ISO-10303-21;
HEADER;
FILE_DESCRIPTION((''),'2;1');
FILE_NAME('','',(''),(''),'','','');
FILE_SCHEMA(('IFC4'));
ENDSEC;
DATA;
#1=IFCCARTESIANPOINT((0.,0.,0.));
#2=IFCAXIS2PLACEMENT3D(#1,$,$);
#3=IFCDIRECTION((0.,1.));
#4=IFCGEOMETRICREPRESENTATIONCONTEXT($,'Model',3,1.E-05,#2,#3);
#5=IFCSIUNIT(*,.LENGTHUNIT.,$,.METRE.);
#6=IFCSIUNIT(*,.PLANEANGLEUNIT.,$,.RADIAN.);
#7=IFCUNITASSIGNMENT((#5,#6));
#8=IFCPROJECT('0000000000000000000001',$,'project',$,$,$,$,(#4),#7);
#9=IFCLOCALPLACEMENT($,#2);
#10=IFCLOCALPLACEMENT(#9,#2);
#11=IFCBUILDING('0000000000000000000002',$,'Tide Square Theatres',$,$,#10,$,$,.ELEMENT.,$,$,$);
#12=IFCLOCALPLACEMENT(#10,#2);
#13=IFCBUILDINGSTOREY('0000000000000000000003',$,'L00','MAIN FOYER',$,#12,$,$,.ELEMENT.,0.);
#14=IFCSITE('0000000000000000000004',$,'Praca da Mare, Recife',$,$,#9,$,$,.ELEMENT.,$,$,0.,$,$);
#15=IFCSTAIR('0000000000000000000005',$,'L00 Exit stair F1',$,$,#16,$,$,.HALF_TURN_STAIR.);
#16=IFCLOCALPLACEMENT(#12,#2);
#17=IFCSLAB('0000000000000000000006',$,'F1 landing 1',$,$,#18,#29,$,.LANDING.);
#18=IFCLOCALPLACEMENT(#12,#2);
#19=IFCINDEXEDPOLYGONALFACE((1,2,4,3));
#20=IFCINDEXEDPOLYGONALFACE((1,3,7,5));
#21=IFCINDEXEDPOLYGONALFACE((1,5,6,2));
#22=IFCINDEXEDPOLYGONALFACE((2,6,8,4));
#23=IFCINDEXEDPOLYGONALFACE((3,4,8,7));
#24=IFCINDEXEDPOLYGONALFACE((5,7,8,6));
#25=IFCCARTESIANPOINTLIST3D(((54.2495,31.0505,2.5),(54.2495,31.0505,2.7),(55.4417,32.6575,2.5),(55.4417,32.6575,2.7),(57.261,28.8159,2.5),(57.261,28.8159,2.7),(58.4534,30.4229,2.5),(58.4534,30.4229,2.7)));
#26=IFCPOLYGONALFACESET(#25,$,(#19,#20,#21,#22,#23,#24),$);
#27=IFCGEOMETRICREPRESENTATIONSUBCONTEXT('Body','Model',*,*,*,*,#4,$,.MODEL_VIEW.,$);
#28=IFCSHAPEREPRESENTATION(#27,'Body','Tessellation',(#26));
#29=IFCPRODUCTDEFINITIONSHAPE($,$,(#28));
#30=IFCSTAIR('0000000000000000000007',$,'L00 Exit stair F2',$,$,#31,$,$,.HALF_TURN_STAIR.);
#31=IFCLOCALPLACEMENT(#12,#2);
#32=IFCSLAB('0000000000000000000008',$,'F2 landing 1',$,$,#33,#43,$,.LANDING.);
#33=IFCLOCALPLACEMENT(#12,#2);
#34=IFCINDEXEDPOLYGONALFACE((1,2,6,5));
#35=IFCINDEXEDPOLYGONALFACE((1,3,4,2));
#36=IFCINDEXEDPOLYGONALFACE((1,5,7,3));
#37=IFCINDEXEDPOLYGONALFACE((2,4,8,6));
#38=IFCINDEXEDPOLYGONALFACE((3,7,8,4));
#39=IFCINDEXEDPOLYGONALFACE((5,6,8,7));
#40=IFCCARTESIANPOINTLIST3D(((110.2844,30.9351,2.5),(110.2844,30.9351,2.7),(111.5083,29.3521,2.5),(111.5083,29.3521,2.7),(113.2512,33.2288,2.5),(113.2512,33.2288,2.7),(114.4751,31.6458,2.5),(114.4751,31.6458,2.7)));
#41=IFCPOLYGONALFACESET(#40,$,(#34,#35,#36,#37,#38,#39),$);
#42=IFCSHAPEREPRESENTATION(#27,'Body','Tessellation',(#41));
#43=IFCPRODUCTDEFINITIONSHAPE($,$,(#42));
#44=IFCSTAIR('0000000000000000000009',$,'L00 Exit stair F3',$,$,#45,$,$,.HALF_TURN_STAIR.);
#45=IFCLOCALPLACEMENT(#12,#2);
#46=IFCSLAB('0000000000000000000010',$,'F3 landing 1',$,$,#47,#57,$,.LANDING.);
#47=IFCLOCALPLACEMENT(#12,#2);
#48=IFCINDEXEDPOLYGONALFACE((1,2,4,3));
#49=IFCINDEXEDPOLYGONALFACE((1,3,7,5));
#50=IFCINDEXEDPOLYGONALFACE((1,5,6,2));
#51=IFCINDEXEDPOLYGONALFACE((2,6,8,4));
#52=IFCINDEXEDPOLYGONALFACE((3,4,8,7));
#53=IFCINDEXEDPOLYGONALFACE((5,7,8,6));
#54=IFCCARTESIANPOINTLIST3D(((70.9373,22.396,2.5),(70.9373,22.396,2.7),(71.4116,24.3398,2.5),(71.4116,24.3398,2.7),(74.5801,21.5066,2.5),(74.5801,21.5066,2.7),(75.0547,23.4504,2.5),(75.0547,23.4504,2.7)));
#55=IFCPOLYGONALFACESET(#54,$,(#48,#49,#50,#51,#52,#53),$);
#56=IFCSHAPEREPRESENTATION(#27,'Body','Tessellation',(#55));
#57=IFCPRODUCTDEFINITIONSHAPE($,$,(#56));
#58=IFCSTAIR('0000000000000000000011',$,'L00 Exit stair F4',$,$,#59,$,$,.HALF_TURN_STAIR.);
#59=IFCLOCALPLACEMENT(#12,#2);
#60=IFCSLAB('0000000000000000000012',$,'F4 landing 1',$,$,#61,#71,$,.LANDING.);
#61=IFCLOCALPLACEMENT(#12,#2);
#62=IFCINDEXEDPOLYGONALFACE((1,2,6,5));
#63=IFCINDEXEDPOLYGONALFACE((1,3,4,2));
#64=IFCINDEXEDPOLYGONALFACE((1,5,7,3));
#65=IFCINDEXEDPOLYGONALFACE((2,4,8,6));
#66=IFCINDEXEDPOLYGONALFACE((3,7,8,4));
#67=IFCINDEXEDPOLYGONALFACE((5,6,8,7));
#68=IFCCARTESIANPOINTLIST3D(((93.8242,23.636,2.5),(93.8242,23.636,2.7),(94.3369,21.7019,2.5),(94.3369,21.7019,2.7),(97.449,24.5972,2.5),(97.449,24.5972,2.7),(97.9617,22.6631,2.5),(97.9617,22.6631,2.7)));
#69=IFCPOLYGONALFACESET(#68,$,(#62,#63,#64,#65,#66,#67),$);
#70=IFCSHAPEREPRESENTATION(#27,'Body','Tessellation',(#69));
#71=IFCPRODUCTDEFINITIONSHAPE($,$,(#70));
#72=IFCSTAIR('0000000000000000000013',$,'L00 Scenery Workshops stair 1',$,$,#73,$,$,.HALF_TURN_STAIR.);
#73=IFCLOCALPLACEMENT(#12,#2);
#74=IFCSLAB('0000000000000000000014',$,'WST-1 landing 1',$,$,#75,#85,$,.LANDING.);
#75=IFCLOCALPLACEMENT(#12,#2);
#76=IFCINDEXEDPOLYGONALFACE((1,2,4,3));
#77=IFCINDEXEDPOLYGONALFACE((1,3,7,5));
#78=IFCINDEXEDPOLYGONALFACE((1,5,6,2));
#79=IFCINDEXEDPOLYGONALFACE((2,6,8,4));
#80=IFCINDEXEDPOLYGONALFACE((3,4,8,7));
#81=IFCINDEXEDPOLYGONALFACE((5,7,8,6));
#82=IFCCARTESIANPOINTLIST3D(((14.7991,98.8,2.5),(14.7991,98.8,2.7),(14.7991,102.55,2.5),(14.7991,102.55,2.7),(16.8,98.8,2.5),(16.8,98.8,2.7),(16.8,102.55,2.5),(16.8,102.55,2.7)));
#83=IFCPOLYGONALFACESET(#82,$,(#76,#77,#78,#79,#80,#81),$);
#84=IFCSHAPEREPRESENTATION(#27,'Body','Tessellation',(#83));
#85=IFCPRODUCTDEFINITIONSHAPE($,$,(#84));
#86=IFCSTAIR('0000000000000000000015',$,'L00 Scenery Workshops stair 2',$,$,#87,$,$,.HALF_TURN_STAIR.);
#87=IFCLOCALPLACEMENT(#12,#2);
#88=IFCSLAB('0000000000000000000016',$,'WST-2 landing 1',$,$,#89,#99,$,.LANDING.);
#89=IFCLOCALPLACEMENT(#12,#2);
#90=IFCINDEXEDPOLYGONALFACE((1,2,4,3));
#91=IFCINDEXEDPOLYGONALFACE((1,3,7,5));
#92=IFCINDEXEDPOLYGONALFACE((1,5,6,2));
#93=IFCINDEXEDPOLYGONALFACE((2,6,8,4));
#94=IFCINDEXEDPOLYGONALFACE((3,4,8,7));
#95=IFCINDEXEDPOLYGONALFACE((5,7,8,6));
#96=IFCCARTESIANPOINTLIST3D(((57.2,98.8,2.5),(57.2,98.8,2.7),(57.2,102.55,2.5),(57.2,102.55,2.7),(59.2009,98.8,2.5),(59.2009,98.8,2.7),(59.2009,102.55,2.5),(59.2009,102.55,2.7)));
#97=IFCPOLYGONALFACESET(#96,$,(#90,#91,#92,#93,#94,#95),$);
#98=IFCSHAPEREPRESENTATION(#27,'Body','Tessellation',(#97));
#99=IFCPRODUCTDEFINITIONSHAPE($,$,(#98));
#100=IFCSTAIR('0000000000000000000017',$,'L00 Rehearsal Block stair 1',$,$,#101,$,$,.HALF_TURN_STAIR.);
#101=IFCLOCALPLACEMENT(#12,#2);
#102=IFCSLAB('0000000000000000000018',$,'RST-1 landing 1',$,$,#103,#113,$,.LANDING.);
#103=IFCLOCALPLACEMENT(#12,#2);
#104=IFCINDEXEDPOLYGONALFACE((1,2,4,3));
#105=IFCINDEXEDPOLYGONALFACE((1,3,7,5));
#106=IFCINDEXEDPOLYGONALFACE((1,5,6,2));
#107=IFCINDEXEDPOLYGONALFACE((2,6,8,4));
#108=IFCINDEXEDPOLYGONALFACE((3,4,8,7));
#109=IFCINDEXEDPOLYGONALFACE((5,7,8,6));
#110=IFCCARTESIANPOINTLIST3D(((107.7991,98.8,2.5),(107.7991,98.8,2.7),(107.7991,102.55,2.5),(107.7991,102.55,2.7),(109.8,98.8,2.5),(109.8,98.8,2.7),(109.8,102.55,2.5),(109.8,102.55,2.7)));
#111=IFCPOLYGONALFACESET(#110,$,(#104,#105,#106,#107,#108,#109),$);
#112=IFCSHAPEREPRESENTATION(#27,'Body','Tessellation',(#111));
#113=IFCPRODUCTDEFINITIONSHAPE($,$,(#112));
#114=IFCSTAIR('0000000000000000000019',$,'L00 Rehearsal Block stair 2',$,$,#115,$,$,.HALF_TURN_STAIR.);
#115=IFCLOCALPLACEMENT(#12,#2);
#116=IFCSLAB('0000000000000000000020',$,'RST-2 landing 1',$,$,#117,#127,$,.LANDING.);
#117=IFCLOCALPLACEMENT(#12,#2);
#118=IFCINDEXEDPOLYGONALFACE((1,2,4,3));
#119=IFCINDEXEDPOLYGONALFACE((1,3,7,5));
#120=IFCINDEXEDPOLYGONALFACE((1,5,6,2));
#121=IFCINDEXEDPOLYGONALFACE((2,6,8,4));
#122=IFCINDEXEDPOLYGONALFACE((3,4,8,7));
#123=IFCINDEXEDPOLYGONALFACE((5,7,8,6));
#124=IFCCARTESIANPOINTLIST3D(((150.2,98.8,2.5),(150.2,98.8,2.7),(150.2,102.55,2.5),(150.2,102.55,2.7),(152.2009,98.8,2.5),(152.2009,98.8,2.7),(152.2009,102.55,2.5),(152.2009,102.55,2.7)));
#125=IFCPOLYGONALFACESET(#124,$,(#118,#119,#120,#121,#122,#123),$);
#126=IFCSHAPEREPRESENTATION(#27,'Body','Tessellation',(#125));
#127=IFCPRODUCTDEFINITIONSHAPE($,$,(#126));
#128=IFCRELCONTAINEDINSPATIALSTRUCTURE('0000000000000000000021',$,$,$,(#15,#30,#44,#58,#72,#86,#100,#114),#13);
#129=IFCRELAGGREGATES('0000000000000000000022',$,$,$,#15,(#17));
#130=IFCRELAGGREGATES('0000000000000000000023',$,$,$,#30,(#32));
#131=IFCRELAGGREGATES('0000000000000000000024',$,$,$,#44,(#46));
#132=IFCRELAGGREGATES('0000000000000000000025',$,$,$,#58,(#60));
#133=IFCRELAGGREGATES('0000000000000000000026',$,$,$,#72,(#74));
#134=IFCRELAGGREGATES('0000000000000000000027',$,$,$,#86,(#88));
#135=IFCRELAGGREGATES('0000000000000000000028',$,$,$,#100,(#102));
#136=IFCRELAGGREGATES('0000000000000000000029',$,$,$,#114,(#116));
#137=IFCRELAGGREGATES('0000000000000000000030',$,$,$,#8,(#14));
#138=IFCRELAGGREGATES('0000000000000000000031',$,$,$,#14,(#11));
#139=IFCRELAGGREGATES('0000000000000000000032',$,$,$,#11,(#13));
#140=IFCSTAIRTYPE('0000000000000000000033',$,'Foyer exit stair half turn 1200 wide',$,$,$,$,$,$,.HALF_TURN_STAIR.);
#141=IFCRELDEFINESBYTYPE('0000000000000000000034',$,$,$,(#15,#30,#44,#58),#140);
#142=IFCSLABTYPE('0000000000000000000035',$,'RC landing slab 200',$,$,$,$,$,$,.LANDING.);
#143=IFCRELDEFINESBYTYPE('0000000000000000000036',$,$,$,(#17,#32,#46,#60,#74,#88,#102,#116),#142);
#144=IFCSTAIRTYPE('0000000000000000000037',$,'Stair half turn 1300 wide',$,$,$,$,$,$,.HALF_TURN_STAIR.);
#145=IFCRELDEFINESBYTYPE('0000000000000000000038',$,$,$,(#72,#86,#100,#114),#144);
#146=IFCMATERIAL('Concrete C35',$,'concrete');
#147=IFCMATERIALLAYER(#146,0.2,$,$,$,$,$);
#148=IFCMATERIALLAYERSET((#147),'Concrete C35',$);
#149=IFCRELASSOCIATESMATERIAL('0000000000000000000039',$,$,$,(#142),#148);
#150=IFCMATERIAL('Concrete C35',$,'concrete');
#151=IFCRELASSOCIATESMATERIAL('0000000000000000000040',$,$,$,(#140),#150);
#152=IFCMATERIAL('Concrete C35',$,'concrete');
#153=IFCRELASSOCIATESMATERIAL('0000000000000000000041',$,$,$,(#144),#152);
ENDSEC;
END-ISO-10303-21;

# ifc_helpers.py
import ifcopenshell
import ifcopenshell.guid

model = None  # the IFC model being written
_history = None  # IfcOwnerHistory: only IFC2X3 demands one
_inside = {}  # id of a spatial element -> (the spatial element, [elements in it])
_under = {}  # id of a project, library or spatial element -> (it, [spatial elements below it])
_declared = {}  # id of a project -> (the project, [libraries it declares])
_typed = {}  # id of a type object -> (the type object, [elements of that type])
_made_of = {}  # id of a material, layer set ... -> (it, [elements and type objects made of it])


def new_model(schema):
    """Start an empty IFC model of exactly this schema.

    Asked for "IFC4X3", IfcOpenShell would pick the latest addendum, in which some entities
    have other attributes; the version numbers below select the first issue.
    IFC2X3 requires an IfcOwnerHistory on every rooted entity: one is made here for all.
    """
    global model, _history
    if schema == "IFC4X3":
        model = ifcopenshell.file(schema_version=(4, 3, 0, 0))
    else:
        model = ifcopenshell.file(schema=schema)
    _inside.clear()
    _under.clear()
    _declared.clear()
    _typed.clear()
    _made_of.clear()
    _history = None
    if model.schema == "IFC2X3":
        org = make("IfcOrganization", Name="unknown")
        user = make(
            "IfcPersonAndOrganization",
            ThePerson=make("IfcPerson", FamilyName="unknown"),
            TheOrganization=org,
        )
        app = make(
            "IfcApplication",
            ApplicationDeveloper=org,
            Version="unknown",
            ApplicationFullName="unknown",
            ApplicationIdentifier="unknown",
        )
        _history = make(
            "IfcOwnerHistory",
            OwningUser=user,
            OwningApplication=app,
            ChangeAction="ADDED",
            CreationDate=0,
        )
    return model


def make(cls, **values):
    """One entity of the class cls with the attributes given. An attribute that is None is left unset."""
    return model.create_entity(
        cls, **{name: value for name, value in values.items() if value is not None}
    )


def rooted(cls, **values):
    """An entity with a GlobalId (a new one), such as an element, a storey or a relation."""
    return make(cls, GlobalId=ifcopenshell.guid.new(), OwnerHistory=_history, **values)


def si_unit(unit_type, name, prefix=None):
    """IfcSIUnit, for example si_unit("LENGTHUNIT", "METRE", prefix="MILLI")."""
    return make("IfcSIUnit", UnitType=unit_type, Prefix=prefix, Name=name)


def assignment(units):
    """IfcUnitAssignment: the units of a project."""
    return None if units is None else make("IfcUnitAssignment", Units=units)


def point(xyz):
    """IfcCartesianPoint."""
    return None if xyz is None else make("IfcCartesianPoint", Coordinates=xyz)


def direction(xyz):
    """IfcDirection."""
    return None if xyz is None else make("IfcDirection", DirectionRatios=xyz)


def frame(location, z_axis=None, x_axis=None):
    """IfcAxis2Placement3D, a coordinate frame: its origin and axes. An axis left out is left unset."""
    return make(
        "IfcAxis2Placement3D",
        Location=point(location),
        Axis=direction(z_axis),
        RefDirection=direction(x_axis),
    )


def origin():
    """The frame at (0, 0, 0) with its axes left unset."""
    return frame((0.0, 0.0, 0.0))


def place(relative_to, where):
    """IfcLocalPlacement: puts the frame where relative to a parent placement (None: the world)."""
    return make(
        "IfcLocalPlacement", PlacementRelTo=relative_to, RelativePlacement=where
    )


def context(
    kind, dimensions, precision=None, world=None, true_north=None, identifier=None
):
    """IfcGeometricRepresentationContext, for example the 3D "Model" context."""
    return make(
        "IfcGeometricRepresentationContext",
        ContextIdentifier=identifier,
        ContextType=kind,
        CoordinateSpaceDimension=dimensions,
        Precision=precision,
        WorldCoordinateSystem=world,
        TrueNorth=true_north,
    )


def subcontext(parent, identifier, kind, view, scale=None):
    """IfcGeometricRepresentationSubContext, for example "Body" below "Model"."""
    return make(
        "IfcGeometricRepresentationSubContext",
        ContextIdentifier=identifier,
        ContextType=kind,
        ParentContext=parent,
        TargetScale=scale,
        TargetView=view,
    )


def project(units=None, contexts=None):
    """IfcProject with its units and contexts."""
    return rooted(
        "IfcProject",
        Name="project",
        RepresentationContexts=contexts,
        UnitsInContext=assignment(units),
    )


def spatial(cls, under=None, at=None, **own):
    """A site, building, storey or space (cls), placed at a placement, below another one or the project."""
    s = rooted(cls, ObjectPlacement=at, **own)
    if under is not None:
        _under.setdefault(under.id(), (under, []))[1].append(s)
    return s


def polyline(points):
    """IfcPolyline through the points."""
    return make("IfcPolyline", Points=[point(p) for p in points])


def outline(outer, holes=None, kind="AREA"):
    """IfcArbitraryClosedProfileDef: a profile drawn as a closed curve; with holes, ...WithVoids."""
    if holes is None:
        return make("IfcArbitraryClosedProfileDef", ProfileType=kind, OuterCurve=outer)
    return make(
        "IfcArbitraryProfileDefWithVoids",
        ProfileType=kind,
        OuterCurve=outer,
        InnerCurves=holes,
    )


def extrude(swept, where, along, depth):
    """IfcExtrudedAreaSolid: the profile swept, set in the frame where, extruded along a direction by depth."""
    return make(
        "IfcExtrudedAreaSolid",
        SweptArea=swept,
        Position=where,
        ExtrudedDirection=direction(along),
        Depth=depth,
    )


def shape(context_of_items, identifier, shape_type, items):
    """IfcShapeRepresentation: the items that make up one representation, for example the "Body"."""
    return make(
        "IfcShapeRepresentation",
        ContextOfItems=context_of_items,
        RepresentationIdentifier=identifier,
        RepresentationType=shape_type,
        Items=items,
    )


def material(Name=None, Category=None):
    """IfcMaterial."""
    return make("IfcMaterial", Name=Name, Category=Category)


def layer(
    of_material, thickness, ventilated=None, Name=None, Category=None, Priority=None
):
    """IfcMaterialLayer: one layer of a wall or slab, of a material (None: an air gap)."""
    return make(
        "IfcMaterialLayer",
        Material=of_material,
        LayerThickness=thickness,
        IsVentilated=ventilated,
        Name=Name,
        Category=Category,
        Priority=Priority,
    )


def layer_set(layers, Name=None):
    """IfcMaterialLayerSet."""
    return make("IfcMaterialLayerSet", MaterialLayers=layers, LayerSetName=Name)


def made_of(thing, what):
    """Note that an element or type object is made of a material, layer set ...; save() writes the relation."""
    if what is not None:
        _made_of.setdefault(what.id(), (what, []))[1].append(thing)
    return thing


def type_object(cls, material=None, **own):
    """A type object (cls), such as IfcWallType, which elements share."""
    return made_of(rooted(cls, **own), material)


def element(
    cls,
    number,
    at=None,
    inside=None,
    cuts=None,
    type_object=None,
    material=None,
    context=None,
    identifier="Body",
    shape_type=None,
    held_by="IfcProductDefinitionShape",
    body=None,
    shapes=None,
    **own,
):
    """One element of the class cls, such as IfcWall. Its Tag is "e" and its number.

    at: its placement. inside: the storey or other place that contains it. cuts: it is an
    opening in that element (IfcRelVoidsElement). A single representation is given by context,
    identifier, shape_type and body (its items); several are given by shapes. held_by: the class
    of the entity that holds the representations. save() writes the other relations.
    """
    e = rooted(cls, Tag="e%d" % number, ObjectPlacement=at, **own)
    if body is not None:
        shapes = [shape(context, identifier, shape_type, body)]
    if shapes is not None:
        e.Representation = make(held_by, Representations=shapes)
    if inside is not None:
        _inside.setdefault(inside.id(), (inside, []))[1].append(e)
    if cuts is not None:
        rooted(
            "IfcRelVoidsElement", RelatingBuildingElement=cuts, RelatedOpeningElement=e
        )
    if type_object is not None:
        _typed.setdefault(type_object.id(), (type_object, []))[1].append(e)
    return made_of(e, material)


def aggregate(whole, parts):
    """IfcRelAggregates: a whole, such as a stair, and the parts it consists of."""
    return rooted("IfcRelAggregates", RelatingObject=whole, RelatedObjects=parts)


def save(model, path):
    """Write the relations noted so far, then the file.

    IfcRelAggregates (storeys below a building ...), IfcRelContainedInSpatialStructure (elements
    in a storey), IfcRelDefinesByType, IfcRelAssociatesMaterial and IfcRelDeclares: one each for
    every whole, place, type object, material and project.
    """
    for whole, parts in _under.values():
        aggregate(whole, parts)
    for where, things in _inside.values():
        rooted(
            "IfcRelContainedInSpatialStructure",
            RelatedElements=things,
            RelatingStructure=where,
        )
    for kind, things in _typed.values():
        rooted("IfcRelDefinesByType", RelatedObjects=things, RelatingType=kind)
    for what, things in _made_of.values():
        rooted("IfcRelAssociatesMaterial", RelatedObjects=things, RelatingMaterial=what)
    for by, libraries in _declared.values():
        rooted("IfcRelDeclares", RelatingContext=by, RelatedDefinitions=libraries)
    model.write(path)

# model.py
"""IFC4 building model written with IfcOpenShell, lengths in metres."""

from ifc_helpers import new_model, si_unit, direction, frame, origin, place, context, subcontext, project, spatial, polyline, outline, extrude, material, layer, layer_set, type_object, element, aggregate, save


model = new_model("IFC4")

# Units and contexts
model_context = context("Model", 3, precision=1e-05, world=origin(), true_north=direction((0.0, 1.0)))
body_context = subcontext(model_context, "Body", "Model", "MODEL_VIEW")
ifc_project = project(units=[si_unit("LENGTHUNIT", "METRE"), si_unit("PLANEANGLEUNIT", "RADIAN")], contexts=[model_context])

# Site, building, storey
site_placement = place(None, origin())
site = spatial("IfcSite", under=ifc_project, at=site_placement, Name="Praca da Mare, Recife", CompositionType="ELEMENT", RefElevation=0.0)
building_placement = place(site_placement, origin())
building = spatial("IfcBuilding", under=site, at=building_placement, Name="Tide Square Theatres", CompositionType="ELEMENT")
storey_placement = place(building_placement, origin())
storey = spatial("IfcBuildingStorey", under=building, at=storey_placement, Name="L00", Description="MAIN FOYER", CompositionType="ELEMENT", Elevation=0.0)

# Stairs, slabs
ifc_material_1 = material(Name="Concrete C35", Category="concrete")
ifc_layer_1 = layer(ifc_material_1, 0.2)
ifc_layer_set_1 = layer_set([ifc_layer_1], Name="Concrete C35")
slab_type_1 = type_object("IfcSlabType", Name="RC landing slab 200", PredefinedType="LANDING", material=ifc_layer_set_1)
ifc_material_2 = material(Name="Concrete C35", Category="concrete")
stair_type_1 = type_object("IfcStairType", Name="Foyer exit stair half turn 1200 wide", PredefinedType="HALF_TURN_STAIR", material=ifc_material_2)
stair_1_placement = place(storey_placement, origin())
stair_1 = element("IfcStair", 1, at=stair_1_placement, inside=storey, type_object=stair_type_1, Name="L00 Exit stair F1", PredefinedType="HALF_TURN_STAIR")
slab_1_placement = place(storey_placement, frame((0.0, 0.0, 2.5)))
slab_1 = element("IfcSlab", 2, at=slab_1_placement, type_object=slab_type_1, Name="F1 landing 1", PredefinedType="LANDING", context=body_context, shape_type="SweptSolid", body=[
    extrude(outline(polyline([(57.261, 28.8159), (58.4534, 30.4229), (55.4417, 32.6575), (54.2495, 31.0505), (57.261, 28.8159)])), origin(), (0.0, 0.0, 1.0), 0.2),
])
aggregate(stair_1, [slab_1])
stair_2_placement = place(storey_placement, origin())
stair_2 = element("IfcStair", 3, at=stair_2_placement, inside=storey, type_object=stair_type_1, Name="L00 Exit stair F2", PredefinedType="HALF_TURN_STAIR")
slab_2_placement = place(storey_placement, frame((0.0, 0.0, 2.5)))
slab_2 = element("IfcSlab", 4, at=slab_2_placement, type_object=slab_type_1, Name="F2 landing 1", PredefinedType="LANDING", context=body_context, shape_type="SweptSolid", body=[
    extrude(outline(polyline([(114.4751, 31.6458), (113.2512, 33.2288), (110.2844, 30.9351), (111.5083, 29.3521), (114.4751, 31.6458)])), origin(), (0.0, 0.0, 1.0), 0.2),
])
aggregate(stair_2, [slab_2])
stair_3_placement = place(storey_placement, origin())
stair_3 = element("IfcStair", 5, at=stair_3_placement, inside=storey, type_object=stair_type_1, Name="L00 Exit stair F3", PredefinedType="HALF_TURN_STAIR")
slab_3_placement = place(storey_placement, frame((0.0, 0.0, 2.5)))
slab_3 = element("IfcSlab", 6, at=slab_3_placement, type_object=slab_type_1, Name="F3 landing 1", PredefinedType="LANDING", context=body_context, shape_type="SweptSolid", body=[
    extrude(outline(polyline([(74.5801, 21.5066), (75.0547, 23.4504), (71.4116, 24.3398), (70.9373, 22.396), (74.5801, 21.5066)])), origin(), (0.0, 0.0, 1.0), 0.2),
])
aggregate(stair_3, [slab_3])
stair_4_placement = place(storey_placement, origin())
stair_4 = element("IfcStair", 7, at=stair_4_placement, inside=storey, type_object=stair_type_1, Name="L00 Exit stair F4", PredefinedType="HALF_TURN_STAIR")
slab_4_placement = place(storey_placement, frame((0.0, 0.0, 2.5)))
slab_4 = element("IfcSlab", 8, at=slab_4_placement, type_object=slab_type_1, Name="F4 landing 1", PredefinedType="LANDING", context=body_context, shape_type="SweptSolid", body=[
    extrude(outline(polyline([(97.9617, 22.6631), (97.449, 24.5972), (93.8242, 23.636), (94.3369, 21.7019), (97.9617, 22.6631)])), origin(), (0.0, 0.0, 1.0), 0.2),
])
aggregate(stair_4, [slab_4])
ifc_material_3 = material(Name="Concrete C35", Category="concrete")
stair_type_2 = type_object("IfcStairType", Name="Stair half turn 1300 wide", PredefinedType="HALF_TURN_STAIR", material=ifc_material_3)
stair_5_placement = place(storey_placement, origin())
stair_5 = element("IfcStair", 9, at=stair_5_placement, inside=storey, type_object=stair_type_2, Name="L00 Scenery Workshops stair 1", PredefinedType="HALF_TURN_STAIR")
slab_5_placement = place(storey_placement, frame((0.0, 0.0, 2.5)))
slab_5 = element("IfcSlab", 10, at=slab_5_placement, type_object=slab_type_1, Name="WST-1 landing 1", PredefinedType="LANDING", context=body_context, shape_type="SweptSolid", body=[
    extrude(outline(polyline([(14.7991, 98.8), (16.8, 98.8), (16.8, 102.55), (14.7991, 102.55), (14.7991, 98.8)])), origin(), (0.0, 0.0, 1.0), 0.2),
])
aggregate(stair_5, [slab_5])
stair_6_placement = place(storey_placement, origin())
stair_6 = element("IfcStair", 11, at=stair_6_placement, inside=storey, type_object=stair_type_2, Name="L00 Scenery Workshops stair 2", PredefinedType="HALF_TURN_STAIR")
slab_6_placement = place(storey_placement, frame((0.0, 0.0, 2.5)))
slab_6 = element("IfcSlab", 12, at=slab_6_placement, type_object=slab_type_1, Name="WST-2 landing 1", PredefinedType="LANDING", context=body_context, shape_type="SweptSolid", body=[
    extrude(outline(polyline([(59.2009, 102.55), (57.2, 102.55), (57.2, 98.8), (59.2009, 98.8), (59.2009, 102.55)])), origin(), (0.0, 0.0, 1.0), 0.2),
])
aggregate(stair_6, [slab_6])
stair_7_placement = place(storey_placement, origin())
stair_7 = element("IfcStair", 13, at=stair_7_placement, inside=storey, type_object=stair_type_2, Name="L00 Rehearsal Block stair 1", PredefinedType="HALF_TURN_STAIR")
slab_7_placement = place(storey_placement, frame((0.0, 0.0, 2.5)))
slab_7 = element("IfcSlab", 14, at=slab_7_placement, type_object=slab_type_1, Name="RST-1 landing 1", PredefinedType="LANDING", context=body_context, shape_type="SweptSolid", body=[
    extrude(outline(polyline([(107.7991, 98.8), (109.8, 98.8), (109.8, 102.55), (107.7991, 102.55), (107.7991, 98.8)])), origin(), (0.0, 0.0, 1.0), 0.2),
])
aggregate(stair_7, [slab_7])
stair_8_placement = place(storey_placement, origin())
stair_8 = element("IfcStair", 15, at=stair_8_placement, inside=storey, type_object=stair_type_2, Name="L00 Rehearsal Block stair 2", PredefinedType="HALF_TURN_STAIR")
slab_8_placement = place(storey_placement, frame((0.0, 0.0, 2.5)))
slab_8 = element("IfcSlab", 16, at=slab_8_placement, type_object=slab_type_1, Name="RST-2 landing 1", PredefinedType="LANDING", context=body_context, shape_type="SweptSolid", body=[
    extrude(outline(polyline([(152.2009, 102.55), (150.2, 102.55), (150.2, 98.8), (152.2009, 98.8), (152.2009, 102.55)])), origin(), (0.0, 0.0, 1.0), 0.2),
])
aggregate(stair_8, [slab_8])

save(model, "model.ifc")
